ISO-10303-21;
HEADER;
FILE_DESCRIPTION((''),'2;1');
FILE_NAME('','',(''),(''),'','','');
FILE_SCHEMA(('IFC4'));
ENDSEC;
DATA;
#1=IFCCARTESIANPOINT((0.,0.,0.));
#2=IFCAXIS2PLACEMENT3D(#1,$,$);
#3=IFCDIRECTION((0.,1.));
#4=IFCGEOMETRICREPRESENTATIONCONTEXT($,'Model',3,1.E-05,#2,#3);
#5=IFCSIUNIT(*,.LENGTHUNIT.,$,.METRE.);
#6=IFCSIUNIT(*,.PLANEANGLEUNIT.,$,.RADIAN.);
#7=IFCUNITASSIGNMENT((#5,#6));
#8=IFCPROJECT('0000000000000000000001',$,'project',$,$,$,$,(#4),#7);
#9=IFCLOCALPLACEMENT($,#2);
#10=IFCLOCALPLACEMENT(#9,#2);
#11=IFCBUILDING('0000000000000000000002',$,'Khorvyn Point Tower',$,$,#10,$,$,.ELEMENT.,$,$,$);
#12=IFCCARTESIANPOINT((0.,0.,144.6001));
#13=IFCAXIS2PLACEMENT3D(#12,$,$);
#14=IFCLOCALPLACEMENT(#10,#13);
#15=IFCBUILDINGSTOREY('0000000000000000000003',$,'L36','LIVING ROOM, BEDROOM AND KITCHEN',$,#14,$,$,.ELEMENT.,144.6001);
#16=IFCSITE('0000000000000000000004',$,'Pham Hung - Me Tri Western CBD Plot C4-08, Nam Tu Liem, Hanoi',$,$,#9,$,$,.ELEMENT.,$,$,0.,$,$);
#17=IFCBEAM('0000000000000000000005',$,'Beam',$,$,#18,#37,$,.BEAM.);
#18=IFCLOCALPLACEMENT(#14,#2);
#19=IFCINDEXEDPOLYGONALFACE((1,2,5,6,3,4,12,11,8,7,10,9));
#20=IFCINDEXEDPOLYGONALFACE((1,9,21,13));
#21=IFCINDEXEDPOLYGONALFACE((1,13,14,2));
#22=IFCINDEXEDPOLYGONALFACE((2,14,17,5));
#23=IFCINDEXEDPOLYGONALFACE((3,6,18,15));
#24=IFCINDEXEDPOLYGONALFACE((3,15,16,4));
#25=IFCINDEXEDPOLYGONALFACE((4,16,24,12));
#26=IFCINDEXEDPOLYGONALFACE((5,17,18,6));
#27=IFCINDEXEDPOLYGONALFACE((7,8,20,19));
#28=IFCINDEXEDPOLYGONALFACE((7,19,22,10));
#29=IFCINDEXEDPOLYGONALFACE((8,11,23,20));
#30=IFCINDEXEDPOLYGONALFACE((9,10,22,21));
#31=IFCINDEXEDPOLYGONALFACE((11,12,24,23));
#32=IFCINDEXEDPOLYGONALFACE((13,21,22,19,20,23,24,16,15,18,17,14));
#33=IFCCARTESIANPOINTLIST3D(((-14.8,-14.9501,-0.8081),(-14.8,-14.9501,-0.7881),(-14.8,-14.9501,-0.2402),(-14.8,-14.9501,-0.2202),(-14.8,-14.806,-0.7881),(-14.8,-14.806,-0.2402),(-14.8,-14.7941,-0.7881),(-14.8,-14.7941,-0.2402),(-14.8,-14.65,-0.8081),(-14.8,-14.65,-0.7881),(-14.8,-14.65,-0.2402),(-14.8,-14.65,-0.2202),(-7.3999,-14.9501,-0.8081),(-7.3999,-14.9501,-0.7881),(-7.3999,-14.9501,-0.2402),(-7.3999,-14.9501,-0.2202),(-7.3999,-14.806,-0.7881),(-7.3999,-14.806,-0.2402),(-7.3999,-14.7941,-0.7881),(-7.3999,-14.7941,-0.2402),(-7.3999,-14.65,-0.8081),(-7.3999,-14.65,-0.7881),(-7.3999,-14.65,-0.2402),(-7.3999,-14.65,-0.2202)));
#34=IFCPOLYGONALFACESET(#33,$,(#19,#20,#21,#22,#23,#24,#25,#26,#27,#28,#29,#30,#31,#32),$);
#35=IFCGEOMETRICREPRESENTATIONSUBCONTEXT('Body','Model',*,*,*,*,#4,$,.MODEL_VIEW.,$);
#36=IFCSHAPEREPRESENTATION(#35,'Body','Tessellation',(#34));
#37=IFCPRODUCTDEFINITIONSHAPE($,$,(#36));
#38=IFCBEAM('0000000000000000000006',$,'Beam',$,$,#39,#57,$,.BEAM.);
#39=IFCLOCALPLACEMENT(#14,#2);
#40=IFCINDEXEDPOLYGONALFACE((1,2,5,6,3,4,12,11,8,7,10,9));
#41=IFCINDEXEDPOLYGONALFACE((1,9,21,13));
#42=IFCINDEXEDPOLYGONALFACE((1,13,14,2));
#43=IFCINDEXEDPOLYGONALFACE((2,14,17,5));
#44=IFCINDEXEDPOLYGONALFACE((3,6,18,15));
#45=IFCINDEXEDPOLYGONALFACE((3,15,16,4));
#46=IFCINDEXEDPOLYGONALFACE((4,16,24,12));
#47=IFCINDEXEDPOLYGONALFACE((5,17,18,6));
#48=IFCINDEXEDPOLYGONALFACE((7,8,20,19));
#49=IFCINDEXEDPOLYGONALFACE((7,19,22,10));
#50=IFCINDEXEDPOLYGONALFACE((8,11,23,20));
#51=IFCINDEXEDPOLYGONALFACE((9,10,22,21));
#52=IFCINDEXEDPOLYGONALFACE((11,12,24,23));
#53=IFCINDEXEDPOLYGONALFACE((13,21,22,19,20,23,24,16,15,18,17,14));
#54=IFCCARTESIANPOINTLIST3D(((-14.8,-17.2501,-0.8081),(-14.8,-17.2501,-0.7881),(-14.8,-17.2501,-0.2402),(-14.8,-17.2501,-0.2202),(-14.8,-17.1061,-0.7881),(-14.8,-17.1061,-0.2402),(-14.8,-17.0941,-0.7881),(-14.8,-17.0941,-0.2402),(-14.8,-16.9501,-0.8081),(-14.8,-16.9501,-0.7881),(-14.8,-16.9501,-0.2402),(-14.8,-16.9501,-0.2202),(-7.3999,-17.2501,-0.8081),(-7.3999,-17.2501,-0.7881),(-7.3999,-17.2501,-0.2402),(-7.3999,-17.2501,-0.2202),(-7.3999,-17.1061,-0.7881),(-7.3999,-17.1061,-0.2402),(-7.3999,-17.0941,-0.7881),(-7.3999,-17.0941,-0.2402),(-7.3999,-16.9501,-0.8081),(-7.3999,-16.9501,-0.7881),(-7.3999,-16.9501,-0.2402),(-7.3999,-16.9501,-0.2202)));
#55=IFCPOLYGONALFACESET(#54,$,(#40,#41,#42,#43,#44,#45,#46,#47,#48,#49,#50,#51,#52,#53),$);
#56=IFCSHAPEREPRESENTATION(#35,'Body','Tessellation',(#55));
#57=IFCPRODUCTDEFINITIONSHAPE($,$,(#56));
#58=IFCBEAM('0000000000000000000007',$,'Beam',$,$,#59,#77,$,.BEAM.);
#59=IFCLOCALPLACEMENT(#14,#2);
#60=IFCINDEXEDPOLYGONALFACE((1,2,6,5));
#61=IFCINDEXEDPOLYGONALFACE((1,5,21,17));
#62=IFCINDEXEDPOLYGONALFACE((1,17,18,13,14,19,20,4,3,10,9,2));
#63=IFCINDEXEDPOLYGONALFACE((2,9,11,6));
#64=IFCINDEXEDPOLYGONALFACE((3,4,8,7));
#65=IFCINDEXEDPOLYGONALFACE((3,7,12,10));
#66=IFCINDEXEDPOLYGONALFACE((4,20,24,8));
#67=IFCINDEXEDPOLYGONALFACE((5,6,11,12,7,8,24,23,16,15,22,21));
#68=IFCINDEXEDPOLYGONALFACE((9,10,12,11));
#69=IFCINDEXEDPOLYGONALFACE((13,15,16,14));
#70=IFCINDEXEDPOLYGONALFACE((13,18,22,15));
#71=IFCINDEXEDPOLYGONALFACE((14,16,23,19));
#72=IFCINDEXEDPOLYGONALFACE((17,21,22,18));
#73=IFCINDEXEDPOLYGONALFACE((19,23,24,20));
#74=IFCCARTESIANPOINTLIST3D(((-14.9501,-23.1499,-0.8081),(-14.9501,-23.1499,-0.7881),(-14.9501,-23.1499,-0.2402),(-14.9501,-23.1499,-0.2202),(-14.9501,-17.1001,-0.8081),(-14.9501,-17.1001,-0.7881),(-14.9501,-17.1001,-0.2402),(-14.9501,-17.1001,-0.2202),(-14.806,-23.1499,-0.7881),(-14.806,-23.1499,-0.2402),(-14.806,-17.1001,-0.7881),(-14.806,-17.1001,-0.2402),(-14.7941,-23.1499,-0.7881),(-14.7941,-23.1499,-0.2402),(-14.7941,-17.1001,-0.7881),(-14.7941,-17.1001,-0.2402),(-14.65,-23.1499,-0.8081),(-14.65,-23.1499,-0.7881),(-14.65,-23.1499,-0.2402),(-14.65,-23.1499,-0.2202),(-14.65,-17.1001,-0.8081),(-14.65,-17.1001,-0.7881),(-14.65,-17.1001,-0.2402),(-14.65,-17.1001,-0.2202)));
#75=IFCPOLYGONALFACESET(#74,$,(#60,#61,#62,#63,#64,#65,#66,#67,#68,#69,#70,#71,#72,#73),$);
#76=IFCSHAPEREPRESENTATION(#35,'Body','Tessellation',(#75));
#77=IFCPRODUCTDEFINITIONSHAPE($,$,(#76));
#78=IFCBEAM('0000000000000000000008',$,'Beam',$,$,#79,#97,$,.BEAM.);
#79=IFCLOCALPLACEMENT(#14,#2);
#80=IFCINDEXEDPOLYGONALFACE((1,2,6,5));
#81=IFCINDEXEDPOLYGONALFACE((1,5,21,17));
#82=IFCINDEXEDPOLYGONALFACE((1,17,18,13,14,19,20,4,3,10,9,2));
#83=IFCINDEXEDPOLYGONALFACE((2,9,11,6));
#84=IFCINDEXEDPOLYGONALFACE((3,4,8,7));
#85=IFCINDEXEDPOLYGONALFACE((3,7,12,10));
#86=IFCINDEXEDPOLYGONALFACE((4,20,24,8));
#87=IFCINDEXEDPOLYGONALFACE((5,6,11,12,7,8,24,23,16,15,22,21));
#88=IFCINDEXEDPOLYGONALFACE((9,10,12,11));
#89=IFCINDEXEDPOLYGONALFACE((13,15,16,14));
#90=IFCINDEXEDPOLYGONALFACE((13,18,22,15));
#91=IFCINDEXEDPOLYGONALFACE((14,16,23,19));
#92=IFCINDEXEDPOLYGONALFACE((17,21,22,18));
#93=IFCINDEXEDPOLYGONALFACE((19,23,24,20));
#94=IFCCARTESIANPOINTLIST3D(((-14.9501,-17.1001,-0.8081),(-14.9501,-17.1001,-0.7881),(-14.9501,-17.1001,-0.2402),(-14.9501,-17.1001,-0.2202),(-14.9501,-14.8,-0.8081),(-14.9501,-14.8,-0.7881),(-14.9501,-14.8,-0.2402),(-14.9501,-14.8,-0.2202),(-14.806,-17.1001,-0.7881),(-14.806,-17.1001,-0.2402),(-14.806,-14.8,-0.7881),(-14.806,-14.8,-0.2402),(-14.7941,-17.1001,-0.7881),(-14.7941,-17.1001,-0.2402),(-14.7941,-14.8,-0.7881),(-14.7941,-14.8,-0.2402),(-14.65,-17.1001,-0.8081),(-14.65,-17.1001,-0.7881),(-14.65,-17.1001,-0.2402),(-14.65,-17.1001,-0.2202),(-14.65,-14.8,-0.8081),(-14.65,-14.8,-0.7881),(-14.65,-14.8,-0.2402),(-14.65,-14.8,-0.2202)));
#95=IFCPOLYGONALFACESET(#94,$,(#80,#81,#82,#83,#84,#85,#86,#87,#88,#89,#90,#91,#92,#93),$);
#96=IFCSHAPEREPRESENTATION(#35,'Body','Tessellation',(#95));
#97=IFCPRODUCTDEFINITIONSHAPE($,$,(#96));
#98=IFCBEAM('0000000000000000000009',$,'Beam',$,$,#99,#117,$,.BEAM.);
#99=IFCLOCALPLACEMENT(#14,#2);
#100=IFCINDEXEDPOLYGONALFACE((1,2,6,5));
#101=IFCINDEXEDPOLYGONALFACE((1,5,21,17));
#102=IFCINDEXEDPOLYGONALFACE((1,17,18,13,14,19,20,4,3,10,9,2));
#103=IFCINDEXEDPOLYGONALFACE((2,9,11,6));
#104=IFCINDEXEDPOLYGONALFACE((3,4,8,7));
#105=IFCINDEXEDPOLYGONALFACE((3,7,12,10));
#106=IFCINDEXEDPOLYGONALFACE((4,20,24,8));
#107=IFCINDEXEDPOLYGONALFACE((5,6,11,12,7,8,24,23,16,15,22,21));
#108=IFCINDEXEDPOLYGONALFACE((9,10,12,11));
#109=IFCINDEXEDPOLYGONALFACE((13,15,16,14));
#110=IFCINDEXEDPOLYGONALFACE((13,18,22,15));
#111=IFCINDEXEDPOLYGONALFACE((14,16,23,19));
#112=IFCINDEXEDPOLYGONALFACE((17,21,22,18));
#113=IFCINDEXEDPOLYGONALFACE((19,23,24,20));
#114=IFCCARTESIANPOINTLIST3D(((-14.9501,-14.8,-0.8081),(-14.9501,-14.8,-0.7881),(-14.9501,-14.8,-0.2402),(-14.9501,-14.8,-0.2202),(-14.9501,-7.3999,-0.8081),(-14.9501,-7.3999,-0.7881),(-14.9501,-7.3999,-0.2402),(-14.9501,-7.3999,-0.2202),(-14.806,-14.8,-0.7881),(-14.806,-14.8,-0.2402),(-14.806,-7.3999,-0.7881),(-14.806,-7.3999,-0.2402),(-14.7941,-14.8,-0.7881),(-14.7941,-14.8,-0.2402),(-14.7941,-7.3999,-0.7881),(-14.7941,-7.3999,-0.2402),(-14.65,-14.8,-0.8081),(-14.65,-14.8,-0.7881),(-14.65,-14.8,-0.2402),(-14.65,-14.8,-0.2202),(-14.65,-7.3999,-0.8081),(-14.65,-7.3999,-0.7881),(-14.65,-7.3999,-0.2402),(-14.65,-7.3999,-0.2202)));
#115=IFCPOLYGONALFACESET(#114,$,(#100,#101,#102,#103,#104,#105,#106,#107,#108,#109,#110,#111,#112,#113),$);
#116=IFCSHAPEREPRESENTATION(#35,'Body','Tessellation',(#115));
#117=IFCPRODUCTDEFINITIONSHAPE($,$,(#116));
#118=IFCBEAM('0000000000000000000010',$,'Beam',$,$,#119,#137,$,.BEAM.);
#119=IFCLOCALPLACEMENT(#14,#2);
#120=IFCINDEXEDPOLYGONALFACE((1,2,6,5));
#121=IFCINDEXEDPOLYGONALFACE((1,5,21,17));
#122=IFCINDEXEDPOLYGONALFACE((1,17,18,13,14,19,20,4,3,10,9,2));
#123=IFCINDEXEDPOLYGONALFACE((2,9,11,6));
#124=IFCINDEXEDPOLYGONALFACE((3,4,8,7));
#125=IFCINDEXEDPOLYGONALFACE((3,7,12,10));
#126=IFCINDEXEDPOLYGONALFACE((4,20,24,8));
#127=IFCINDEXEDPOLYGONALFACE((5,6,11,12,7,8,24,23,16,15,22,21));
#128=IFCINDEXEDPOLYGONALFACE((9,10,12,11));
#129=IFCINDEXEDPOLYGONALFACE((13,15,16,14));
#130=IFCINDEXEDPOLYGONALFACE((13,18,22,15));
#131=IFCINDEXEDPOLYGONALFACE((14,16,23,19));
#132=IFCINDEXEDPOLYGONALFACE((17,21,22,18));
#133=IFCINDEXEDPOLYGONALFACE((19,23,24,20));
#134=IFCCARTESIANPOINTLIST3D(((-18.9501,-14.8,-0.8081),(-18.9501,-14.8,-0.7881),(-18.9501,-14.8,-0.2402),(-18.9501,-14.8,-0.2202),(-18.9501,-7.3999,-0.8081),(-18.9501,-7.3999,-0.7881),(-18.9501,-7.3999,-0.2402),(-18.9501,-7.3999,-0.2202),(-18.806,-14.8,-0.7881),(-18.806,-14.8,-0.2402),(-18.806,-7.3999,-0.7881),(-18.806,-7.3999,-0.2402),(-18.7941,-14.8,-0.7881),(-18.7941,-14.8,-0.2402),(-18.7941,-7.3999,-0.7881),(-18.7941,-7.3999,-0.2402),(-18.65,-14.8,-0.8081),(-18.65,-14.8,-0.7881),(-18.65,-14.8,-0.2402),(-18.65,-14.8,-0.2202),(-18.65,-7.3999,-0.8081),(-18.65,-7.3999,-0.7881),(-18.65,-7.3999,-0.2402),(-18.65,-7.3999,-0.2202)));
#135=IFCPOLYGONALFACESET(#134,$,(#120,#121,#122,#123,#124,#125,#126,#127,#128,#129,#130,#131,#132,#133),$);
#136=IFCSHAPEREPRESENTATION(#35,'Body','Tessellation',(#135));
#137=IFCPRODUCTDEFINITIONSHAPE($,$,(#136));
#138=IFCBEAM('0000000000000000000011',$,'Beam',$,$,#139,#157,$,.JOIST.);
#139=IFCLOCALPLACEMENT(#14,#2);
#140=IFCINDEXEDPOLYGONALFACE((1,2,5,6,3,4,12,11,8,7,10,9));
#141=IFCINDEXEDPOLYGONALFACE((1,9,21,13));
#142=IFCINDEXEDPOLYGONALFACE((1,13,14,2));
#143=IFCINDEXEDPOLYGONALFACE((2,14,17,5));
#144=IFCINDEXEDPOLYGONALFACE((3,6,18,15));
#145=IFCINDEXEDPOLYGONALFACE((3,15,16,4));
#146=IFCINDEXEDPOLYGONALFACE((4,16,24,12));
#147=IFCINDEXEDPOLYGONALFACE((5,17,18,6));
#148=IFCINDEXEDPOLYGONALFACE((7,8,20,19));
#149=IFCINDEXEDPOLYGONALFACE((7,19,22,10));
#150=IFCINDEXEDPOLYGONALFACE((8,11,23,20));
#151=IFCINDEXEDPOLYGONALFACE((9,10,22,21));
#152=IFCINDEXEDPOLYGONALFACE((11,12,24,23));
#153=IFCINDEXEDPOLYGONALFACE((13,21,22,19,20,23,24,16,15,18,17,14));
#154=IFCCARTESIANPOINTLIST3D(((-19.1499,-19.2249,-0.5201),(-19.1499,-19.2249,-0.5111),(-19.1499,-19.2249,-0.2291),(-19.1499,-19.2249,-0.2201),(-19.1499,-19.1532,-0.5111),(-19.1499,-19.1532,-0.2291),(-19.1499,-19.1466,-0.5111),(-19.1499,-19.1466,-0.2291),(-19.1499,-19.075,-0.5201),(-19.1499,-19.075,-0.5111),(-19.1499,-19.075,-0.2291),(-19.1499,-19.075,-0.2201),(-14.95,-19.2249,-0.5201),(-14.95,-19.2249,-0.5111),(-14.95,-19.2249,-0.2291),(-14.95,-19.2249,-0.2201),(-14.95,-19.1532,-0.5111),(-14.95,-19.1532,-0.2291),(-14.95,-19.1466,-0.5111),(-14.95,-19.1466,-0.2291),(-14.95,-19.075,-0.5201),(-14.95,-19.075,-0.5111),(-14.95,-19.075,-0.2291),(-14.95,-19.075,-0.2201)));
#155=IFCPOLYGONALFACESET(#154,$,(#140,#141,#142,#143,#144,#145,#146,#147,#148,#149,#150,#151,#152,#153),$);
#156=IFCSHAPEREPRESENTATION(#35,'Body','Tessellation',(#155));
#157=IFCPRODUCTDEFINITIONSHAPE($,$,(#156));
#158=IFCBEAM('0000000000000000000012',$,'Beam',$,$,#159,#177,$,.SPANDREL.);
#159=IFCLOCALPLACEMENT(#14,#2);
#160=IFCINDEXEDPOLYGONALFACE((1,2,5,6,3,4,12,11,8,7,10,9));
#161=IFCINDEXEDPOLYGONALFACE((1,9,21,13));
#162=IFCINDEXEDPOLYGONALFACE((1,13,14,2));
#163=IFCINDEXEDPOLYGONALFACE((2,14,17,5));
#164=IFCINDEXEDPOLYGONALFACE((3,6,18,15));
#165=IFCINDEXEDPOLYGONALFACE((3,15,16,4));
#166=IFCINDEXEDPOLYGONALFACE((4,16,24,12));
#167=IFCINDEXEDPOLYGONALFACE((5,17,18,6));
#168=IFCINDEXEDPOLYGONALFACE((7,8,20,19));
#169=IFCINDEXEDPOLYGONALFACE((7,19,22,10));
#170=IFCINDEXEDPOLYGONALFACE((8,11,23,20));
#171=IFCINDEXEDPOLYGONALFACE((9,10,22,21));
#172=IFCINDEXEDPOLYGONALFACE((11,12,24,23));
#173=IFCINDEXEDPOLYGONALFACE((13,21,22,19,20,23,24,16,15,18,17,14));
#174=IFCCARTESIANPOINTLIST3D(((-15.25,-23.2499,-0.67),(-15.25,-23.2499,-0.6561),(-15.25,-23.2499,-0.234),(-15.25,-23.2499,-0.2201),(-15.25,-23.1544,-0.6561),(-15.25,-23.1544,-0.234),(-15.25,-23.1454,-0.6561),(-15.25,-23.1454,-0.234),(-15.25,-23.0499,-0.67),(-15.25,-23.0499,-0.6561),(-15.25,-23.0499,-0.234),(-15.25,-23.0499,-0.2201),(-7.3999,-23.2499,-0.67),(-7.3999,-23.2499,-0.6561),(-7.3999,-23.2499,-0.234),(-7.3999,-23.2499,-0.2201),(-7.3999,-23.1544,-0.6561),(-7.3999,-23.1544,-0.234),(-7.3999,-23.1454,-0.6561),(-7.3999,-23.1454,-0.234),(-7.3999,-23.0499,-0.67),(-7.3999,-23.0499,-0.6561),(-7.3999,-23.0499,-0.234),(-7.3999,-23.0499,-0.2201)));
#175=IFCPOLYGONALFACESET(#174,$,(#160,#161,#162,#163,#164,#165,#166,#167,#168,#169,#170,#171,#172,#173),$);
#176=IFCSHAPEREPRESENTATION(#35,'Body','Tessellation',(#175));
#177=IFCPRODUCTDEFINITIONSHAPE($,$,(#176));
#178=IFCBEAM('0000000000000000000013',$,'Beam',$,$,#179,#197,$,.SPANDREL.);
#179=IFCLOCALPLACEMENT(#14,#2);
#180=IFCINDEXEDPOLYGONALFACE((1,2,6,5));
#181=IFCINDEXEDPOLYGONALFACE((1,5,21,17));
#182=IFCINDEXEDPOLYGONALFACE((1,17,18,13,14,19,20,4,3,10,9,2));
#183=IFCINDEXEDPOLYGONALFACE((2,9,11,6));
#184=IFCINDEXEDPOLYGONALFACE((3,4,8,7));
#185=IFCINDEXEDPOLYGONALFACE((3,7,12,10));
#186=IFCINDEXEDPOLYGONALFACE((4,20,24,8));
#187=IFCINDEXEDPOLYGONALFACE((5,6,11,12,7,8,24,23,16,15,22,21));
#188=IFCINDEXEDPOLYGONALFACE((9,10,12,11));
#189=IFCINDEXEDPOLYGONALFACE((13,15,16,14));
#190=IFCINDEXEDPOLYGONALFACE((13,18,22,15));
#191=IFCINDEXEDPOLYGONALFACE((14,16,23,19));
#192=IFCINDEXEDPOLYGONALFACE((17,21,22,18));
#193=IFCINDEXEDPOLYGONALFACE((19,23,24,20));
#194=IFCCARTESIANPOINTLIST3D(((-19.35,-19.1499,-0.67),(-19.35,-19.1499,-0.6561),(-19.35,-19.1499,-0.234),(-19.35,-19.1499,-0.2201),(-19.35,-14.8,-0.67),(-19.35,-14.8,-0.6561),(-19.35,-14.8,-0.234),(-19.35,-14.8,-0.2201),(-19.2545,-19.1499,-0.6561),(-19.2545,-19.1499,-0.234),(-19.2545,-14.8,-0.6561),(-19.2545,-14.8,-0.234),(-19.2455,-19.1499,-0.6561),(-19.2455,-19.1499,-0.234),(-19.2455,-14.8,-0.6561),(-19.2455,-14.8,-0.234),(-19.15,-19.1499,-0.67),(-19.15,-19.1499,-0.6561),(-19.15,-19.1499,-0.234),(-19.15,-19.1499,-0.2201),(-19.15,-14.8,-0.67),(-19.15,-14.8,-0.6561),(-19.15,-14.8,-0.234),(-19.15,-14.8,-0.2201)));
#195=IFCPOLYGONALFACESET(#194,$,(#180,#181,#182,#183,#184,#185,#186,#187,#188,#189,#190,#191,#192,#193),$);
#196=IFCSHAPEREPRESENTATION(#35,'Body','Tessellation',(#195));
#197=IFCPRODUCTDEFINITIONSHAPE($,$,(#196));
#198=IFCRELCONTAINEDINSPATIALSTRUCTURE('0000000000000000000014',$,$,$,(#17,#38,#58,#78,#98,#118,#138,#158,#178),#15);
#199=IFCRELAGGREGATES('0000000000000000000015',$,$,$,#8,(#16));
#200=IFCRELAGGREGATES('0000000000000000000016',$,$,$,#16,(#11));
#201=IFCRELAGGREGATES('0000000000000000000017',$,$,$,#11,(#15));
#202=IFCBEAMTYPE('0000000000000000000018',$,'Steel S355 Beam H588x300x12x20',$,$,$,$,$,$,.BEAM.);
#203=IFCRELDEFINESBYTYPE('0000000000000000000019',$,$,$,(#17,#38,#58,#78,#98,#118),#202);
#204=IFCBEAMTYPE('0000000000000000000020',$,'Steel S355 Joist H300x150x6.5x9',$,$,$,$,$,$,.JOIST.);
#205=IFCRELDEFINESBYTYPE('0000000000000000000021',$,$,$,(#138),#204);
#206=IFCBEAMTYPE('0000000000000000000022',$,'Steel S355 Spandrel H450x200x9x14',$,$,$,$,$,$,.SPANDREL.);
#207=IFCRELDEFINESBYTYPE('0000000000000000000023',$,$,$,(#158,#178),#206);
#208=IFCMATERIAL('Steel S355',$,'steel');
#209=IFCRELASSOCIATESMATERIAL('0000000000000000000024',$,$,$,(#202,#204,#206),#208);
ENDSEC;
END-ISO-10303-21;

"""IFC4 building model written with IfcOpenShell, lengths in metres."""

from ifc_helpers import new_model, si_unit, direction, frame, origin, origin_2d, place, context, subcontext, project, spatial, i_section, extrude, material, material_profile, profile_set, type_object, element, save


model = new_model("IFC4")

# Units and contexts
model_context = context("Model", 3, precision=1e-05, world=origin(), true_north=direction((0.0, 1.0)))
body_context = subcontext(model_context, "Body", "Model", "MODEL_VIEW")
ifc_project = project(units=[si_unit("LENGTHUNIT", "METRE"), si_unit("PLANEANGLEUNIT", "RADIAN")], contexts=[model_context])

# Site, building, storey
site_placement = place(None, origin())
site = spatial("IfcSite", under=ifc_project, at=site_placement, Name="Pham Hung - Me Tri Western CBD Plot C4-08, Nam Tu Liem, Hanoi", CompositionType="ELEMENT", RefElevation=0.0)
building_placement = place(site_placement, origin())
building = spatial("IfcBuilding", under=site, at=building_placement, Name="Khorvyn Point Tower", CompositionType="ELEMENT")
storey_placement = place(building_placement, frame((0.0, 0.0, 144.6001)))
storey = spatial("IfcBuildingStorey", under=building, at=storey_placement, Name="L36", Description="LIVING ROOM, BEDROOM AND KITCHEN", CompositionType="ELEMENT", Elevation=144.6001)

# Beams
ifc_material_1 = material(Name="Steel S355", Category="steel")
ifc_material_profile_1 = material_profile(ifc_material_1, i_section(OverallWidth=0.3, OverallDepth=0.5879, WebThickness=0.012, FlangeThickness=0.02, at=origin_2d()))
ifc_profile_set_1 = profile_set([ifc_material_profile_1], Name="Steel S355 H588x300x12x20")
beam_type_1 = type_object("IfcBeamType", Name="Steel S355 Beam H588x300x12x20", PredefinedType="BEAM", material=ifc_profile_set_1)
for number, where, z_axis, x_axis, name in (
    (1, (-14.8, -14.8, -0.5142), (1.0, 0.0, 0.0), (0.0, 1.0, 0.0), "Beam"),
    (2, (-14.8, -17.1001, -0.5142), (1.0, 0.0, 0.0), (0.0, 1.0, 0.0), "Beam"),
):
    element("IfcBeam", number, at=place(storey_placement, frame(where, z_axis=z_axis, x_axis=x_axis)), inside=storey, type_object=beam_type_1, Name=name, PredefinedType="BEAM", context=body_context, shape_type="SweptSolid", body=[
        extrude(i_section(OverallWidth=0.3, OverallDepth=0.5879, WebThickness=0.012, FlangeThickness=0.02, at=origin_2d()), origin(), (0.0, 0.0, 1.0), 7.4001),
    ])
beam_1_placement = place(storey_placement, frame((-14.8, -23.1499, -0.5142), z_axis=(0.0, 1.0, 0.0), x_axis=(-1.0, 0.0, 0.0)))
element("IfcBeam", 3, at=beam_1_placement, inside=storey, type_object=beam_type_1, Name="Beam", PredefinedType="BEAM", context=body_context, shape_type="SweptSolid", body=[
    extrude(i_section(OverallWidth=0.3, OverallDepth=0.5879, WebThickness=0.012, FlangeThickness=0.02, at=origin_2d()), origin(), (0.0, 0.0, 1.0), 6.0498),
])
beam_2_placement = place(storey_placement, frame((-14.8, -17.1001, -0.5142), z_axis=(0.0, 1.0, 0.0), x_axis=(-1.0, 0.0, 0.0)))
element("IfcBeam", 4, at=beam_2_placement, inside=storey, type_object=beam_type_1, Name="Beam", PredefinedType="BEAM", context=body_context, shape_type="SweptSolid", body=[
    extrude(i_section(OverallWidth=0.3, OverallDepth=0.5879, WebThickness=0.012, FlangeThickness=0.02, at=origin_2d()), origin(), (0.0, 0.0, 1.0), 2.3),
])
for number, where, z_axis, x_axis, name in (
    (5, (-14.8, -14.8, -0.5142), (0.0, 1.0, 0.0), (-1.0, 0.0, 0.0), "Beam"),
    (6, (-18.8, -14.8, -0.5142), (0.0, 1.0, 0.0), (-1.0, 0.0, 0.0), "Beam"),
):
    element("IfcBeam", number, at=place(storey_placement, frame(where, z_axis=z_axis, x_axis=x_axis)), inside=storey, type_object=beam_type_1, Name=name, PredefinedType="BEAM", context=body_context, shape_type="SweptSolid", body=[
        extrude(i_section(OverallWidth=0.3, OverallDepth=0.5879, WebThickness=0.012, FlangeThickness=0.02, at=origin_2d()), origin(), (0.0, 0.0, 1.0), 7.4001),
    ])
ifc_material_profile_2 = material_profile(ifc_material_1, i_section(OverallWidth=0.1499, OverallDepth=0.3, WebThickness=0.0066, FlangeThickness=0.009, at=origin_2d()))
ifc_profile_set_2 = profile_set([ifc_material_profile_2], Name="Steel S355 H300x150x6.5x9")
beam_type_2 = type_object("IfcBeamType", Name="Steel S355 Joist H300x150x6.5x9", PredefinedType="JOIST", material=ifc_profile_set_2)
beam_3_placement = place(storey_placement, frame((-19.1499, -19.1499, -0.3701), z_axis=(1.0, 0.0, 0.0), x_axis=(0.0, 1.0, 0.0)))
element("IfcBeam", 7, at=beam_3_placement, inside=storey, type_object=beam_type_2, Name="Beam", PredefinedType="JOIST", context=body_context, shape_type="SweptSolid", body=[
    extrude(i_section(OverallWidth=0.1499, OverallDepth=0.3, WebThickness=0.0066, FlangeThickness=0.009, at=origin_2d()), origin(), (0.0, 0.0, 1.0), 4.2),
])
ifc_material_profile_3 = material_profile(ifc_material_1, i_section(OverallWidth=0.2, OverallDepth=0.45, WebThickness=0.009, FlangeThickness=0.0139, at=origin_2d()))
ifc_profile_set_3 = profile_set([ifc_material_profile_3], Name="Steel S355 H450x200x9x14")
beam_type_3 = type_object("IfcBeamType", Name="Steel S355 Spandrel H450x200x9x14", PredefinedType="SPANDREL", material=ifc_profile_set_3)
beam_4_placement = place(storey_placement, frame((-15.25, -23.1499, -0.4451), z_axis=(1.0, 0.0, 0.0), x_axis=(0.0, 1.0, 0.0)))
element("IfcBeam", 8, at=beam_4_placement, inside=storey, type_object=beam_type_3, Name="Beam", PredefinedType="SPANDREL", context=body_context, shape_type="SweptSolid", body=[
    extrude(i_section(OverallWidth=0.2, OverallDepth=0.45, WebThickness=0.009, FlangeThickness=0.0139, at=origin_2d()), origin(), (0.0, 0.0, 1.0), 7.8501),
])
beam_5_placement = place(storey_placement, frame((-19.25, -19.1499, -0.4451), z_axis=(0.0, 1.0, 0.0), x_axis=(-1.0, 0.0, 0.0)))
element("IfcBeam", 9, at=beam_5_placement, inside=storey, type_object=beam_type_3, Name="Beam", PredefinedType="SPANDREL", context=body_context, shape_type="SweptSolid", body=[
    extrude(i_section(OverallWidth=0.2, OverallDepth=0.45, WebThickness=0.009, FlangeThickness=0.0139, at=origin_2d()), origin(), (0.0, 0.0, 1.0), 4.3499),
])

save(model, "model.ifc")
